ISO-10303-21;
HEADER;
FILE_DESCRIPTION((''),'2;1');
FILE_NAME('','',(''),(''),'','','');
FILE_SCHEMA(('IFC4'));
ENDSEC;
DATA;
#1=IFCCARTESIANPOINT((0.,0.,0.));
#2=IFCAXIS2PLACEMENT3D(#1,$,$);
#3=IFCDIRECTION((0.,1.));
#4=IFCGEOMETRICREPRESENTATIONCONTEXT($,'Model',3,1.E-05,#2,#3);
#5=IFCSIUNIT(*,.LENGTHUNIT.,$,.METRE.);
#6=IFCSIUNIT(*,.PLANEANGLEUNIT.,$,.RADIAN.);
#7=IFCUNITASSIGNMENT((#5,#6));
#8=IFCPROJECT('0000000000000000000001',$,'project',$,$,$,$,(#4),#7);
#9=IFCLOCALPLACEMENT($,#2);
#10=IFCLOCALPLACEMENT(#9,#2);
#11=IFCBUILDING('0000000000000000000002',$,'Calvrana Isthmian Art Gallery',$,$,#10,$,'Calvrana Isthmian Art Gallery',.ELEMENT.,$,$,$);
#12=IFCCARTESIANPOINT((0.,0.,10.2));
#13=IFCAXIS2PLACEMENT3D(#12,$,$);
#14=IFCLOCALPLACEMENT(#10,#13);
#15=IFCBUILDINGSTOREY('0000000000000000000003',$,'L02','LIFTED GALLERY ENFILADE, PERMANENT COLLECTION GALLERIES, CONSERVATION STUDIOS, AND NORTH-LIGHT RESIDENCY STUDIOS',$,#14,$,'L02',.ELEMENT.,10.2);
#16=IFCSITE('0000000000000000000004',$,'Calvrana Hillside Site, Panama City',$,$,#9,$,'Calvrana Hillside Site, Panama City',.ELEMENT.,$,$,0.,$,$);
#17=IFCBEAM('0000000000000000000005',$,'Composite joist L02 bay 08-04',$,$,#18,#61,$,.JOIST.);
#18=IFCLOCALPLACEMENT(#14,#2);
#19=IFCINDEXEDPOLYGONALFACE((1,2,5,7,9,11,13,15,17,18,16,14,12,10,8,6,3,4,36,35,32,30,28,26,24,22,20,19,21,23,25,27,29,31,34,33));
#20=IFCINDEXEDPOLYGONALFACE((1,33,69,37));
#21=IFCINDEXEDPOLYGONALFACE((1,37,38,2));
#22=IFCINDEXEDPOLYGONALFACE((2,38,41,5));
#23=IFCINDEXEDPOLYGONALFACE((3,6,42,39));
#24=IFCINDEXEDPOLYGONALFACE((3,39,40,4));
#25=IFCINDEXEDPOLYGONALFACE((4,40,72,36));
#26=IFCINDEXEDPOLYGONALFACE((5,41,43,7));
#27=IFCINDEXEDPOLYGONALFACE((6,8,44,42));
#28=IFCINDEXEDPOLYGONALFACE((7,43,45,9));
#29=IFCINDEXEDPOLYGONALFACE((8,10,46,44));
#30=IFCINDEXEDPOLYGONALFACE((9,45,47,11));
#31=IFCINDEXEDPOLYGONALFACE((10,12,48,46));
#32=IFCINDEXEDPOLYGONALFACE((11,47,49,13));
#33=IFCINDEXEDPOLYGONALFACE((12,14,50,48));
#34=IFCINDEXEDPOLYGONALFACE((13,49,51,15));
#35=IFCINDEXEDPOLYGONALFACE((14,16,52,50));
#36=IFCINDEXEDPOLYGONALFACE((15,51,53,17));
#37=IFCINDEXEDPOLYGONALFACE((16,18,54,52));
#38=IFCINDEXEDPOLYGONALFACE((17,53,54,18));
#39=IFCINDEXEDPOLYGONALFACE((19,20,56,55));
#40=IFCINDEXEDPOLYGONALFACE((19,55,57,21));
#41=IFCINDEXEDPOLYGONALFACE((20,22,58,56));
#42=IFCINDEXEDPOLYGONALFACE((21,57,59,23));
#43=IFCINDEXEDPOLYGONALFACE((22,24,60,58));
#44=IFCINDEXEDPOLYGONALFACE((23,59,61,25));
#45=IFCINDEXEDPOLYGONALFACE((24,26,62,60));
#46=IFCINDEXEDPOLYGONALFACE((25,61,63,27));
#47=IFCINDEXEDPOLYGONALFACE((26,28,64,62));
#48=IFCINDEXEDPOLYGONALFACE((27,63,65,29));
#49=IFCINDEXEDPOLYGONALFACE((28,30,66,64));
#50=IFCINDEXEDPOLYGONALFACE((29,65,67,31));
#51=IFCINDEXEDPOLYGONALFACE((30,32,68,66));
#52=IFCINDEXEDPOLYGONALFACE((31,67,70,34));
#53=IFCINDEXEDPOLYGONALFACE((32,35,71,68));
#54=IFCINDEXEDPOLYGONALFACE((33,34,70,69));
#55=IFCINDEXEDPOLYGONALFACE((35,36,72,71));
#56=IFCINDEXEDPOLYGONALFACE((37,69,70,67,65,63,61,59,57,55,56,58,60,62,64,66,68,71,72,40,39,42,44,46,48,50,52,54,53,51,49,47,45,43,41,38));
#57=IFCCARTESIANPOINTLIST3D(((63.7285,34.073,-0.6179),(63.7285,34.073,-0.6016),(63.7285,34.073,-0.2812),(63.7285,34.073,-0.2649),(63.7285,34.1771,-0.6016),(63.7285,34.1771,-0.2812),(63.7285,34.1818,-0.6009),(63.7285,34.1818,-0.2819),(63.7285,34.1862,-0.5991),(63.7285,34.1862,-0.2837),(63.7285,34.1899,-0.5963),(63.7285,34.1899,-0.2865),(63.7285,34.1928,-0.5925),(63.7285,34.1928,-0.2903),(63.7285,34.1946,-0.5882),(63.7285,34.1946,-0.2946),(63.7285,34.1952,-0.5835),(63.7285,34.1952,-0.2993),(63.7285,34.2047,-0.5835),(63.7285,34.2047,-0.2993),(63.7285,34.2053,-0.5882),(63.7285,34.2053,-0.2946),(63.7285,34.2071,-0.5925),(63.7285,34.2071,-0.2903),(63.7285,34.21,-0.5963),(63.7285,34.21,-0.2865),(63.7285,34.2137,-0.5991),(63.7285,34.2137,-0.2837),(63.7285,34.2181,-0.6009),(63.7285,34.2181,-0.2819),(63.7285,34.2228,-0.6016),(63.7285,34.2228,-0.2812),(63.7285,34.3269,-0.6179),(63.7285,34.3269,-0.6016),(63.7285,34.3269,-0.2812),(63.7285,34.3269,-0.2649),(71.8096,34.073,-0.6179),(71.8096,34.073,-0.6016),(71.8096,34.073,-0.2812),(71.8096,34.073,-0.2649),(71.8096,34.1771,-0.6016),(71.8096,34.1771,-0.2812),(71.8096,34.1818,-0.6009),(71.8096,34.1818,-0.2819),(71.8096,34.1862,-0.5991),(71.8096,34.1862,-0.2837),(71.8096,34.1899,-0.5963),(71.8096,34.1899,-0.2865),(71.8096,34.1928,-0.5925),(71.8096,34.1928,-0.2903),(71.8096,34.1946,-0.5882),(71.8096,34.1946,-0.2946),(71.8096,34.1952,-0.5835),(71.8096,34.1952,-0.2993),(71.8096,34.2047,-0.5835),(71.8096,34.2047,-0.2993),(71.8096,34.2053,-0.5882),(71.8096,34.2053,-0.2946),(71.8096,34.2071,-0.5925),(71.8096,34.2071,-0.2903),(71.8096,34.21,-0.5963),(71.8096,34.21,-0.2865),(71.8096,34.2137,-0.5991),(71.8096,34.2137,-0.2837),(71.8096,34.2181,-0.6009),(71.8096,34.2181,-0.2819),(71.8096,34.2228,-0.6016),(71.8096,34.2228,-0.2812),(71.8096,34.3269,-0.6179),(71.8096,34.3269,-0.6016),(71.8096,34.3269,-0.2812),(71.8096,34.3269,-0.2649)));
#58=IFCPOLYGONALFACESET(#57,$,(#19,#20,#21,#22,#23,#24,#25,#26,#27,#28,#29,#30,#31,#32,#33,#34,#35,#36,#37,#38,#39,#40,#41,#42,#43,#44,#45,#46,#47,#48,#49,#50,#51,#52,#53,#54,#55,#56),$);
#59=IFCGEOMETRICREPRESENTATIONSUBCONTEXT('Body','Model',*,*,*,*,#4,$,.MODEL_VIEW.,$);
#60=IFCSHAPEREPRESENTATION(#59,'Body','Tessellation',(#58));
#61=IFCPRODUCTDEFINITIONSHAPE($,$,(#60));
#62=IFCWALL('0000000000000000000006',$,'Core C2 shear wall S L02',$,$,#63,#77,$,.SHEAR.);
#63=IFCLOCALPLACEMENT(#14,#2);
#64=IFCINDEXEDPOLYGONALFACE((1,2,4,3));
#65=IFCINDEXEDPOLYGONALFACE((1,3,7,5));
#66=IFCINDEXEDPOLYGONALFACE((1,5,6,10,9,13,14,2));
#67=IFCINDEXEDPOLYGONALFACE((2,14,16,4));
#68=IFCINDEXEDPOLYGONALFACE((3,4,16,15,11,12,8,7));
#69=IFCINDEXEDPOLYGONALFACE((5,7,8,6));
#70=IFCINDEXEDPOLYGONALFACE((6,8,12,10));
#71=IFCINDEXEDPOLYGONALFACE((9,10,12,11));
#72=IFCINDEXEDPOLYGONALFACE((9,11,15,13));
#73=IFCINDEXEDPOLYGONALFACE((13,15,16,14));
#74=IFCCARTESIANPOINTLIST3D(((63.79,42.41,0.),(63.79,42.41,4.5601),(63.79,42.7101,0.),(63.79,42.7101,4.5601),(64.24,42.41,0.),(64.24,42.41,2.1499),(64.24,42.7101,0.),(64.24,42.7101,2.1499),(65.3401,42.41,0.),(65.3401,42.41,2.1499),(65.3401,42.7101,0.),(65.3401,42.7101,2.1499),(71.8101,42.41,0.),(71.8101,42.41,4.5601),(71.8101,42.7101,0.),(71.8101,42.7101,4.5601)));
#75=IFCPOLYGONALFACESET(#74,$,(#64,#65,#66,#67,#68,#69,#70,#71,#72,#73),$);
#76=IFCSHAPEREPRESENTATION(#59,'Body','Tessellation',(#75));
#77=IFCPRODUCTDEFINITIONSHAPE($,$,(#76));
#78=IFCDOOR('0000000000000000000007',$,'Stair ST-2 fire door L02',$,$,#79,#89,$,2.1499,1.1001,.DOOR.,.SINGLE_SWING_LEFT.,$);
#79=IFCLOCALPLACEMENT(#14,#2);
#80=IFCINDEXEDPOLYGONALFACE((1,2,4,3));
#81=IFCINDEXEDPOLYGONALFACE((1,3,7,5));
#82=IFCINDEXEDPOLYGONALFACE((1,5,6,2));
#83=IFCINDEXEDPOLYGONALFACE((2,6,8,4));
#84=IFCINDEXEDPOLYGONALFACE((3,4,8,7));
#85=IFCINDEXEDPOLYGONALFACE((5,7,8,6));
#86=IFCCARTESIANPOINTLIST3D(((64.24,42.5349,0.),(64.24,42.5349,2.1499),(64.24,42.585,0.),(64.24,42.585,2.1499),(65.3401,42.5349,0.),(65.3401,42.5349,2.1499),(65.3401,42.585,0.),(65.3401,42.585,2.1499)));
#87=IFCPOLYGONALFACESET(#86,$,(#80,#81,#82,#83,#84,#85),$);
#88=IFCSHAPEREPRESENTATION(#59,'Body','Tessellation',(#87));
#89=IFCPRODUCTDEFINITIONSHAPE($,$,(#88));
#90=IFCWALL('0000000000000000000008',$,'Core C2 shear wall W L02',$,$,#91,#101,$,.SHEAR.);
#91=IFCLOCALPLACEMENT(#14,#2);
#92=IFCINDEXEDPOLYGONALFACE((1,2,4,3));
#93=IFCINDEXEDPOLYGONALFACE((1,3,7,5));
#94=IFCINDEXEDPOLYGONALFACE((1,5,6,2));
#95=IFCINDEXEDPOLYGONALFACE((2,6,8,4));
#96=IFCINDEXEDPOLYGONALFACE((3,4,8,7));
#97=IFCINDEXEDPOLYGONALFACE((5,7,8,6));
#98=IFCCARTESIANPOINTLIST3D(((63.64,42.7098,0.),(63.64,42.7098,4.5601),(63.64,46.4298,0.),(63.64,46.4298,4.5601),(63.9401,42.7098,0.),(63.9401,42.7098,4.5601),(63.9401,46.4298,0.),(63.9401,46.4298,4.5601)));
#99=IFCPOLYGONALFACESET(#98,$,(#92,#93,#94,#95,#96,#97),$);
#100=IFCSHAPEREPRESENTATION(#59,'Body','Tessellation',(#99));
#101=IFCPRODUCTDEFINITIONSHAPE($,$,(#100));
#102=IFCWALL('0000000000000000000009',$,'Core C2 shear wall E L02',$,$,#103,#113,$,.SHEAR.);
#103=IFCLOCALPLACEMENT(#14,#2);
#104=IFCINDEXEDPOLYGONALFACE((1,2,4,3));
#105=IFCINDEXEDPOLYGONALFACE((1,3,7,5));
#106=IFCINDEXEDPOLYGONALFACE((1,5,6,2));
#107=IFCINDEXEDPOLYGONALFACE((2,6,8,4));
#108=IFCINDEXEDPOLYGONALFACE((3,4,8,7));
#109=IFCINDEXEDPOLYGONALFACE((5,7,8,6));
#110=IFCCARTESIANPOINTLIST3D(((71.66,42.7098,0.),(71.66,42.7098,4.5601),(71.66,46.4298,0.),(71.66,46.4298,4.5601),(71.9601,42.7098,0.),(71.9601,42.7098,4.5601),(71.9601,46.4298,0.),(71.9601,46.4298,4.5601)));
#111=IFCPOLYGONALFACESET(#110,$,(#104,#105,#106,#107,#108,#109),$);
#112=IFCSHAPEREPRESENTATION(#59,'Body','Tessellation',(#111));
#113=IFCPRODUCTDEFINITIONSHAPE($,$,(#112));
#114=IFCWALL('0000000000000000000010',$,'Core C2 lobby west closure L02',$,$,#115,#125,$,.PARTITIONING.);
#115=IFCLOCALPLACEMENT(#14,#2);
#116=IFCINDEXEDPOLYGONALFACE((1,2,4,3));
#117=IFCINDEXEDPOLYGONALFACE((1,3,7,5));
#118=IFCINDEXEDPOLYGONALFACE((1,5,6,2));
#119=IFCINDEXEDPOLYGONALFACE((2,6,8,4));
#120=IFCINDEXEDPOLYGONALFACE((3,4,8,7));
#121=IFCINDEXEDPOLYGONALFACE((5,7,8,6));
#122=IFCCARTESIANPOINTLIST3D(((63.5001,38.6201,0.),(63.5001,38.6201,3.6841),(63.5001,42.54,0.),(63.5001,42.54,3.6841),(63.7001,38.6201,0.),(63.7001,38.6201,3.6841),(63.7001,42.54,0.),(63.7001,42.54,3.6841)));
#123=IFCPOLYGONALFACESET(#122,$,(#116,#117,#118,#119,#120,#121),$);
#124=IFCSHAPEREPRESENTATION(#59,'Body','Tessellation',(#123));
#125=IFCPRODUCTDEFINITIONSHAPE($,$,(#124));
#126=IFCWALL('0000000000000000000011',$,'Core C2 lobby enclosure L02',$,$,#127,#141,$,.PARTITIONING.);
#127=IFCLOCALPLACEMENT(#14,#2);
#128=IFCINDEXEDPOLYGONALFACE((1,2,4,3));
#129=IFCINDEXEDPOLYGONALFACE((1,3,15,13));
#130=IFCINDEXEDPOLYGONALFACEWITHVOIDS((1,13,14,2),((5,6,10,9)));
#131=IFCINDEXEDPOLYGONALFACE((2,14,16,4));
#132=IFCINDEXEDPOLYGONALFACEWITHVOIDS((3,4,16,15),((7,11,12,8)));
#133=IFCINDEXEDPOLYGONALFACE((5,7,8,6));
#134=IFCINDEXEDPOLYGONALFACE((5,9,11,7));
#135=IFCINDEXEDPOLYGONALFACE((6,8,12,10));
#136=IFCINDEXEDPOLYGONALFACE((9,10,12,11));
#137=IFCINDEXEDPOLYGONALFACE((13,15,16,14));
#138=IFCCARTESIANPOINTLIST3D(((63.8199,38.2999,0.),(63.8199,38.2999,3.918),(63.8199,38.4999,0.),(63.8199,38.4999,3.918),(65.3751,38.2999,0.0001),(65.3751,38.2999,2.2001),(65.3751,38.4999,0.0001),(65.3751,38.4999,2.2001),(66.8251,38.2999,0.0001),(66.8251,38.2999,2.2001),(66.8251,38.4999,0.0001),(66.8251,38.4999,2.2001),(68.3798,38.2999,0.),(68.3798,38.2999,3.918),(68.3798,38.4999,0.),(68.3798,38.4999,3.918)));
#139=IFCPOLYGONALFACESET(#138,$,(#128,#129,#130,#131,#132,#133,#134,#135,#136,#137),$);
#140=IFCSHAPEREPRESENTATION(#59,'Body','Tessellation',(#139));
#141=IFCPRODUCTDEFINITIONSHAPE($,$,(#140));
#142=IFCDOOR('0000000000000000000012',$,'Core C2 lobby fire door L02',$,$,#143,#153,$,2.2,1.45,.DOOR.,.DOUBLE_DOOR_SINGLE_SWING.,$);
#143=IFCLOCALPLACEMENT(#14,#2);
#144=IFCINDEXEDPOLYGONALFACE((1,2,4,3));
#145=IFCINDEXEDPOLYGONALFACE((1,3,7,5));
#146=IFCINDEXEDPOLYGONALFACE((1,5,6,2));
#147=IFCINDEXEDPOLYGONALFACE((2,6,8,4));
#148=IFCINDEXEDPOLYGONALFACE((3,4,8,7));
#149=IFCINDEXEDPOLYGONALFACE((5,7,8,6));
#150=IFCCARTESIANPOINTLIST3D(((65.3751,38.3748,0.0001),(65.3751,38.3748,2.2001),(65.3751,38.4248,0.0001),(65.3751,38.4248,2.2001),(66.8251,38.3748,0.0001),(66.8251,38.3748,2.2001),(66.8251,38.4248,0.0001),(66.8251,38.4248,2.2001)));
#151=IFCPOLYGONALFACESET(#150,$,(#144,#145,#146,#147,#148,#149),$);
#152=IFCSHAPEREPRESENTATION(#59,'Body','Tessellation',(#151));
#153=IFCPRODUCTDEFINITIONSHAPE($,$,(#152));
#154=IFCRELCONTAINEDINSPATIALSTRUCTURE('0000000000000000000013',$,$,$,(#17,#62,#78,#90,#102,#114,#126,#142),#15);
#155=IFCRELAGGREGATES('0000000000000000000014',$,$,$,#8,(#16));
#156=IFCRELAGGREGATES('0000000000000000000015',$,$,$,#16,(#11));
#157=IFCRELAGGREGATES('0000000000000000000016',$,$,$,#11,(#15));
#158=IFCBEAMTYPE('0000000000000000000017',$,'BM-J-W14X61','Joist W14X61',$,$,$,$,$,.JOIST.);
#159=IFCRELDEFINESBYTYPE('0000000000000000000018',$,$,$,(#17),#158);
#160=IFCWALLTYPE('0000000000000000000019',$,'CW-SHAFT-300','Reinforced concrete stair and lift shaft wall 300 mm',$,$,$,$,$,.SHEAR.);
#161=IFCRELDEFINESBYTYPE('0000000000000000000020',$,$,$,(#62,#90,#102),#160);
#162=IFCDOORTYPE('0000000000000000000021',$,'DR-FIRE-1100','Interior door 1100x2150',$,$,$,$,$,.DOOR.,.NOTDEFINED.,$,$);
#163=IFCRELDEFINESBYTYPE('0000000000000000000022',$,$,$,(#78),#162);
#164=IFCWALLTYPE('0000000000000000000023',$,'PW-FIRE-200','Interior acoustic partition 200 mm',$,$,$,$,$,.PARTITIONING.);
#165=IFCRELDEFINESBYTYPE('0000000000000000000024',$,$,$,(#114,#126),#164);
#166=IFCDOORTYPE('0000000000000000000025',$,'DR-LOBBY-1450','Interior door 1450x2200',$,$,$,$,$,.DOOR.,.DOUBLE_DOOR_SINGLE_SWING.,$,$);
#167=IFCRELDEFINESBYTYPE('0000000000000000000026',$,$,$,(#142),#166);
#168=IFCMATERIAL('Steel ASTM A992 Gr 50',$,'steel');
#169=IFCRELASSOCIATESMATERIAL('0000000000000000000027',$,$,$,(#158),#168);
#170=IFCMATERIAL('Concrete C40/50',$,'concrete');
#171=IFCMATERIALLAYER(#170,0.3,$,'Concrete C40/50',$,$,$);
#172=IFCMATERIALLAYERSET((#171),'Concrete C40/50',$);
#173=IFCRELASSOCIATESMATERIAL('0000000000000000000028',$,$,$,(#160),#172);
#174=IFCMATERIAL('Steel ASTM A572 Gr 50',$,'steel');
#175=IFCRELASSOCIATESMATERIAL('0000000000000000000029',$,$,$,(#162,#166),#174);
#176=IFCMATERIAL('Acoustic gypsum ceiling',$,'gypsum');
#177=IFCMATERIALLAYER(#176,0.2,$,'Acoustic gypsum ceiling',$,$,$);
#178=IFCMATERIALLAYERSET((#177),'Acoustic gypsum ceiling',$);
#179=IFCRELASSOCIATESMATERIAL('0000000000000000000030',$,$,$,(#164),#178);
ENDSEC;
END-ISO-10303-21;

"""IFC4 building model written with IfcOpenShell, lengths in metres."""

from ifc_helpers import new_model, si_unit, direction, frame, frame_2d, origin, origin_2d, place, context, subcontext, project, spatial, rectangle, i_section, extrude, material, layer, layer_set, material_profile, profile_set, type_object, element, fill, save


model = new_model("IFC4")

# Units and contexts
model_context = context("Model", 3, precision=1e-05, world=origin(), true_north=direction((0.0, 1.0)))
body_context = subcontext(model_context, "Body", "Model", "MODEL_VIEW")
ifc_project = project(units=[si_unit("LENGTHUNIT", "METRE"), si_unit("PLANEANGLEUNIT", "RADIAN")], contexts=[model_context])

# Site, building, storey
site_placement = place(None, origin())
site = spatial("IfcSite", under=ifc_project, at=site_placement, Name="Calvrana Hillside Site, Panama City", LongName="Calvrana Hillside Site, Panama City", CompositionType="ELEMENT", RefElevation=0.0)
building_placement = place(site_placement, origin())
building = spatial("IfcBuilding", under=site, at=building_placement, Name="Calvrana Isthmian Art Gallery", LongName="Calvrana Isthmian Art Gallery", CompositionType="ELEMENT")
storey_placement = place(building_placement, frame((0.0, 0.0, 10.2)))
storey = spatial("IfcBuildingStorey", under=building, at=storey_placement, Name="L02", Description="LIFTED GALLERY ENFILADE, PERMANENT COLLECTION GALLERIES, CONSERVATION STUDIOS, AND NORTH-LIGHT RESIDENCY STUDIOS", LongName="L02", CompositionType="ELEMENT", Elevation=10.2)

# Shared definitions
ifc_material_1 = material(Name="Steel ASTM A992 Gr 50", Category="steel")

# Beam
ifc_material_profile_1 = material_profile(ifc_material_1, i_section(OverallWidth=0.2539, OverallDepth=0.353, WebThickness=0.0095, FlangeThickness=0.0164, FilletRadius=0.0181, at=origin_2d()), Name="W14X61")
ifc_profile_set_1 = profile_set([ifc_material_profile_1], Name="Steel ASTM A992 Gr 50")
beam_type_1 = type_object("IfcBeamType", Name="BM-J-W14X61", Description="Joist W14X61", PredefinedType="JOIST", material=ifc_profile_set_1)
beam_1_placement = place(storey_placement, frame((63.7285, 34.2, -0.4414), z_axis=(1.0, 0.0, 0.0), x_axis=(0.0, 1.0, 0.0)))
element("IfcBeam", 1, at=beam_1_placement, inside=storey, type_object=beam_type_1, Name="Composite joist L02 bay 08-04", PredefinedType="JOIST", context=body_context, shape_type="SweptSolid", body=[
    extrude(i_section(OverallWidth=0.2539, OverallDepth=0.353, WebThickness=0.0095, FlangeThickness=0.0164, FilletRadius=0.0181, at=origin_2d()), origin(), (0.0, 0.0, 1.0), 8.0811),
])

# Wall, opening, door
ifc_material_2 = material(Name="Concrete C40/50", Category="concrete")
ifc_layer_1 = layer(ifc_material_2, 0.3, Name="Concrete C40/50")
ifc_layer_set_1 = layer_set([ifc_layer_1], Name="Concrete C40/50")
wall_type_1 = type_object("IfcWallType", Name="CW-SHAFT-300", Description="Reinforced concrete stair and lift shaft wall 300 mm", PredefinedType="SHEAR", material=ifc_layer_set_1)
wall_1_placement = place(storey_placement, frame((63.79, 42.5601, 0.0), z_axis=(0.0, 0.0, 1.0), x_axis=(1.0, 0.0, 0.0)))
wall_1 = element("IfcWall", 2, at=wall_1_placement, inside=storey, type_object=wall_type_1, Name="Core C2 shear wall S L02", PredefinedType="SHEAR", context=body_context, shape_type="SweptSolid", body=[
    extrude(rectangle(XDim=8.02, YDim=0.3, at=frame_2d((4.01, 0.0))), origin(), (0.0, 0.0, 1.0), 4.5601),
])
opening_1_placement = place(wall_1_placement, frame((0.45, 0.0, 0.0)))
opening_1 = element("IfcOpeningElement", 3, at=opening_1_placement, cuts=wall_1, PredefinedType="OPENING", context=body_context, shape_type="SweptSolid", body=[
    extrude(rectangle(XDim=1.1001, YDim=2.1499, at=frame_2d((0.55, 1.075))), frame((0.0, 0.1602, 0.0), z_axis=(0.0, -1.0, 0.0), x_axis=(1.0, 0.0, 0.0)), (0.0, 0.0, 1.0), 0.3206),
])
ifc_material_3 = material(Name="Steel ASTM A572 Gr 50", Category="steel")
door_type_1 = type_object("IfcDoorType", Name="DR-FIRE-1100", Description="Interior door 1100x2150", OperationType="NOTDEFINED", PredefinedType="DOOR", material=ifc_material_3)
door_1_placement = place(opening_1_placement, origin())
door_1 = element("IfcDoor", 4, at=door_1_placement, inside=storey, type_object=door_type_1, Name="Stair ST-2 fire door L02", OperationType="SINGLE_SWING_LEFT", OverallHeight=2.1499, OverallWidth=1.1001, PredefinedType="DOOR", context=body_context, shape_type="SweptSolid", body=[
    extrude(rectangle(XDim=1.1001, YDim=2.1499, at=frame_2d((0.55, 1.075))), frame((0.0, 0.0249, 0.0), z_axis=(0.0, -1.0, 0.0), x_axis=(1.0, 0.0, 0.0)), (0.0, 0.0, 1.0), 0.05),
])
fill(opening_1, door_1)

# Walls
for number, where, z_axis, x_axis, name in (
    (5, (63.79, 42.71, 0.0), (0.0, 0.0, 1.0), (0.0, 1.0, 0.0), "Core C2 shear wall W L02"),
    (6, (71.8101, 42.71, 0.0), (0.0, 0.0, 1.0), (0.0, 1.0, 0.0), "Core C2 shear wall E L02"),
):
    element("IfcWall", number, at=place(storey_placement, frame(where, z_axis=z_axis, x_axis=x_axis)), inside=storey, type_object=wall_type_1, Name=name, PredefinedType="SHEAR", context=body_context, shape_type="SweptSolid", body=[
        extrude(rectangle(XDim=3.72, YDim=0.3, at=frame_2d((1.8599, 0.0))), origin(), (0.0, 0.0, 1.0), 4.5601),
    ])
ifc_material_4 = material(Name="Acoustic gypsum ceiling", Category="gypsum")
ifc_layer_2 = layer(ifc_material_4, 0.2, Name="Acoustic gypsum ceiling")
ifc_layer_set_2 = layer_set([ifc_layer_2], Name="Acoustic gypsum ceiling")
wall_type_2 = type_object("IfcWallType", Name="PW-FIRE-200", Description="Interior acoustic partition 200 mm", PredefinedType="PARTITIONING", material=ifc_layer_set_2)
wall_2_placement = place(storey_placement, frame((63.6001, 38.6201, 0.0), z_axis=(0.0, 0.0, 1.0), x_axis=(0.0, 1.0, 0.0)))
element("IfcWall", 7, at=wall_2_placement, inside=storey, type_object=wall_type_2, Name="Core C2 lobby west closure L02", PredefinedType="PARTITIONING", context=body_context, shape_type="SweptSolid", body=[
    extrude(rectangle(XDim=3.9199, YDim=0.2, at=frame_2d((1.96, 0.0))), origin(), (0.0, 0.0, 1.0), 3.6841),
])

# Wall, opening, door
wall_3_placement = place(storey_placement, frame((63.8201, 38.3999, 0.0), z_axis=(0.0, 0.0, 1.0), x_axis=(1.0, 0.0, 0.0)))
wall_3 = element("IfcWall", 8, at=wall_3_placement, inside=storey, type_object=wall_type_2, Name="Core C2 lobby enclosure L02", PredefinedType="PARTITIONING", context=body_context, shape_type="SweptSolid", body=[
    extrude(rectangle(XDim=4.5598, YDim=0.2, at=frame_2d((2.2798, 0.0))), origin(), (0.0, 0.0, 1.0), 3.918),
])
opening_2_placement = place(wall_3_placement, frame((1.5549, 0.0, 0.0)))
opening_2 = element("IfcOpeningElement", 9, at=opening_2_placement, cuts=wall_3, PredefinedType="OPENING", context=body_context, shape_type="SweptSolid", body=[
    extrude(rectangle(XDim=1.45, YDim=2.2, at=frame_2d((0.7251, 1.1001))), frame((0.0, 0.1104, 0.0), z_axis=(0.0, -1.0, 0.0), x_axis=(1.0, 0.0, 0.0)), (0.0, 0.0, 1.0), 0.2205),
])
door_type_2 = type_object("IfcDoorType", Name="DR-LOBBY-1450", Description="Interior door 1450x2200", OperationType="DOUBLE_DOOR_SINGLE_SWING", PredefinedType="DOOR", material=ifc_material_3)
door_2_placement = place(opening_2_placement, origin())
door_2 = element("IfcDoor", 10, at=door_2_placement, inside=storey, type_object=door_type_2, Name="Core C2 lobby fire door L02", OperationType="DOUBLE_DOOR_SINGLE_SWING", OverallHeight=2.2, OverallWidth=1.45, PredefinedType="DOOR", context=body_context, shape_type="SweptSolid", body=[
    extrude(rectangle(XDim=1.45, YDim=2.2, at=frame_2d((0.7251, 1.1001))), frame((0.0, 0.0249, 0.0), z_axis=(0.0, -1.0, 0.0), x_axis=(1.0, 0.0, 0.0)), (0.0, 0.0, 1.0), 0.05),
])
fill(opening_2, door_2)

save(model, "model.ifc")
